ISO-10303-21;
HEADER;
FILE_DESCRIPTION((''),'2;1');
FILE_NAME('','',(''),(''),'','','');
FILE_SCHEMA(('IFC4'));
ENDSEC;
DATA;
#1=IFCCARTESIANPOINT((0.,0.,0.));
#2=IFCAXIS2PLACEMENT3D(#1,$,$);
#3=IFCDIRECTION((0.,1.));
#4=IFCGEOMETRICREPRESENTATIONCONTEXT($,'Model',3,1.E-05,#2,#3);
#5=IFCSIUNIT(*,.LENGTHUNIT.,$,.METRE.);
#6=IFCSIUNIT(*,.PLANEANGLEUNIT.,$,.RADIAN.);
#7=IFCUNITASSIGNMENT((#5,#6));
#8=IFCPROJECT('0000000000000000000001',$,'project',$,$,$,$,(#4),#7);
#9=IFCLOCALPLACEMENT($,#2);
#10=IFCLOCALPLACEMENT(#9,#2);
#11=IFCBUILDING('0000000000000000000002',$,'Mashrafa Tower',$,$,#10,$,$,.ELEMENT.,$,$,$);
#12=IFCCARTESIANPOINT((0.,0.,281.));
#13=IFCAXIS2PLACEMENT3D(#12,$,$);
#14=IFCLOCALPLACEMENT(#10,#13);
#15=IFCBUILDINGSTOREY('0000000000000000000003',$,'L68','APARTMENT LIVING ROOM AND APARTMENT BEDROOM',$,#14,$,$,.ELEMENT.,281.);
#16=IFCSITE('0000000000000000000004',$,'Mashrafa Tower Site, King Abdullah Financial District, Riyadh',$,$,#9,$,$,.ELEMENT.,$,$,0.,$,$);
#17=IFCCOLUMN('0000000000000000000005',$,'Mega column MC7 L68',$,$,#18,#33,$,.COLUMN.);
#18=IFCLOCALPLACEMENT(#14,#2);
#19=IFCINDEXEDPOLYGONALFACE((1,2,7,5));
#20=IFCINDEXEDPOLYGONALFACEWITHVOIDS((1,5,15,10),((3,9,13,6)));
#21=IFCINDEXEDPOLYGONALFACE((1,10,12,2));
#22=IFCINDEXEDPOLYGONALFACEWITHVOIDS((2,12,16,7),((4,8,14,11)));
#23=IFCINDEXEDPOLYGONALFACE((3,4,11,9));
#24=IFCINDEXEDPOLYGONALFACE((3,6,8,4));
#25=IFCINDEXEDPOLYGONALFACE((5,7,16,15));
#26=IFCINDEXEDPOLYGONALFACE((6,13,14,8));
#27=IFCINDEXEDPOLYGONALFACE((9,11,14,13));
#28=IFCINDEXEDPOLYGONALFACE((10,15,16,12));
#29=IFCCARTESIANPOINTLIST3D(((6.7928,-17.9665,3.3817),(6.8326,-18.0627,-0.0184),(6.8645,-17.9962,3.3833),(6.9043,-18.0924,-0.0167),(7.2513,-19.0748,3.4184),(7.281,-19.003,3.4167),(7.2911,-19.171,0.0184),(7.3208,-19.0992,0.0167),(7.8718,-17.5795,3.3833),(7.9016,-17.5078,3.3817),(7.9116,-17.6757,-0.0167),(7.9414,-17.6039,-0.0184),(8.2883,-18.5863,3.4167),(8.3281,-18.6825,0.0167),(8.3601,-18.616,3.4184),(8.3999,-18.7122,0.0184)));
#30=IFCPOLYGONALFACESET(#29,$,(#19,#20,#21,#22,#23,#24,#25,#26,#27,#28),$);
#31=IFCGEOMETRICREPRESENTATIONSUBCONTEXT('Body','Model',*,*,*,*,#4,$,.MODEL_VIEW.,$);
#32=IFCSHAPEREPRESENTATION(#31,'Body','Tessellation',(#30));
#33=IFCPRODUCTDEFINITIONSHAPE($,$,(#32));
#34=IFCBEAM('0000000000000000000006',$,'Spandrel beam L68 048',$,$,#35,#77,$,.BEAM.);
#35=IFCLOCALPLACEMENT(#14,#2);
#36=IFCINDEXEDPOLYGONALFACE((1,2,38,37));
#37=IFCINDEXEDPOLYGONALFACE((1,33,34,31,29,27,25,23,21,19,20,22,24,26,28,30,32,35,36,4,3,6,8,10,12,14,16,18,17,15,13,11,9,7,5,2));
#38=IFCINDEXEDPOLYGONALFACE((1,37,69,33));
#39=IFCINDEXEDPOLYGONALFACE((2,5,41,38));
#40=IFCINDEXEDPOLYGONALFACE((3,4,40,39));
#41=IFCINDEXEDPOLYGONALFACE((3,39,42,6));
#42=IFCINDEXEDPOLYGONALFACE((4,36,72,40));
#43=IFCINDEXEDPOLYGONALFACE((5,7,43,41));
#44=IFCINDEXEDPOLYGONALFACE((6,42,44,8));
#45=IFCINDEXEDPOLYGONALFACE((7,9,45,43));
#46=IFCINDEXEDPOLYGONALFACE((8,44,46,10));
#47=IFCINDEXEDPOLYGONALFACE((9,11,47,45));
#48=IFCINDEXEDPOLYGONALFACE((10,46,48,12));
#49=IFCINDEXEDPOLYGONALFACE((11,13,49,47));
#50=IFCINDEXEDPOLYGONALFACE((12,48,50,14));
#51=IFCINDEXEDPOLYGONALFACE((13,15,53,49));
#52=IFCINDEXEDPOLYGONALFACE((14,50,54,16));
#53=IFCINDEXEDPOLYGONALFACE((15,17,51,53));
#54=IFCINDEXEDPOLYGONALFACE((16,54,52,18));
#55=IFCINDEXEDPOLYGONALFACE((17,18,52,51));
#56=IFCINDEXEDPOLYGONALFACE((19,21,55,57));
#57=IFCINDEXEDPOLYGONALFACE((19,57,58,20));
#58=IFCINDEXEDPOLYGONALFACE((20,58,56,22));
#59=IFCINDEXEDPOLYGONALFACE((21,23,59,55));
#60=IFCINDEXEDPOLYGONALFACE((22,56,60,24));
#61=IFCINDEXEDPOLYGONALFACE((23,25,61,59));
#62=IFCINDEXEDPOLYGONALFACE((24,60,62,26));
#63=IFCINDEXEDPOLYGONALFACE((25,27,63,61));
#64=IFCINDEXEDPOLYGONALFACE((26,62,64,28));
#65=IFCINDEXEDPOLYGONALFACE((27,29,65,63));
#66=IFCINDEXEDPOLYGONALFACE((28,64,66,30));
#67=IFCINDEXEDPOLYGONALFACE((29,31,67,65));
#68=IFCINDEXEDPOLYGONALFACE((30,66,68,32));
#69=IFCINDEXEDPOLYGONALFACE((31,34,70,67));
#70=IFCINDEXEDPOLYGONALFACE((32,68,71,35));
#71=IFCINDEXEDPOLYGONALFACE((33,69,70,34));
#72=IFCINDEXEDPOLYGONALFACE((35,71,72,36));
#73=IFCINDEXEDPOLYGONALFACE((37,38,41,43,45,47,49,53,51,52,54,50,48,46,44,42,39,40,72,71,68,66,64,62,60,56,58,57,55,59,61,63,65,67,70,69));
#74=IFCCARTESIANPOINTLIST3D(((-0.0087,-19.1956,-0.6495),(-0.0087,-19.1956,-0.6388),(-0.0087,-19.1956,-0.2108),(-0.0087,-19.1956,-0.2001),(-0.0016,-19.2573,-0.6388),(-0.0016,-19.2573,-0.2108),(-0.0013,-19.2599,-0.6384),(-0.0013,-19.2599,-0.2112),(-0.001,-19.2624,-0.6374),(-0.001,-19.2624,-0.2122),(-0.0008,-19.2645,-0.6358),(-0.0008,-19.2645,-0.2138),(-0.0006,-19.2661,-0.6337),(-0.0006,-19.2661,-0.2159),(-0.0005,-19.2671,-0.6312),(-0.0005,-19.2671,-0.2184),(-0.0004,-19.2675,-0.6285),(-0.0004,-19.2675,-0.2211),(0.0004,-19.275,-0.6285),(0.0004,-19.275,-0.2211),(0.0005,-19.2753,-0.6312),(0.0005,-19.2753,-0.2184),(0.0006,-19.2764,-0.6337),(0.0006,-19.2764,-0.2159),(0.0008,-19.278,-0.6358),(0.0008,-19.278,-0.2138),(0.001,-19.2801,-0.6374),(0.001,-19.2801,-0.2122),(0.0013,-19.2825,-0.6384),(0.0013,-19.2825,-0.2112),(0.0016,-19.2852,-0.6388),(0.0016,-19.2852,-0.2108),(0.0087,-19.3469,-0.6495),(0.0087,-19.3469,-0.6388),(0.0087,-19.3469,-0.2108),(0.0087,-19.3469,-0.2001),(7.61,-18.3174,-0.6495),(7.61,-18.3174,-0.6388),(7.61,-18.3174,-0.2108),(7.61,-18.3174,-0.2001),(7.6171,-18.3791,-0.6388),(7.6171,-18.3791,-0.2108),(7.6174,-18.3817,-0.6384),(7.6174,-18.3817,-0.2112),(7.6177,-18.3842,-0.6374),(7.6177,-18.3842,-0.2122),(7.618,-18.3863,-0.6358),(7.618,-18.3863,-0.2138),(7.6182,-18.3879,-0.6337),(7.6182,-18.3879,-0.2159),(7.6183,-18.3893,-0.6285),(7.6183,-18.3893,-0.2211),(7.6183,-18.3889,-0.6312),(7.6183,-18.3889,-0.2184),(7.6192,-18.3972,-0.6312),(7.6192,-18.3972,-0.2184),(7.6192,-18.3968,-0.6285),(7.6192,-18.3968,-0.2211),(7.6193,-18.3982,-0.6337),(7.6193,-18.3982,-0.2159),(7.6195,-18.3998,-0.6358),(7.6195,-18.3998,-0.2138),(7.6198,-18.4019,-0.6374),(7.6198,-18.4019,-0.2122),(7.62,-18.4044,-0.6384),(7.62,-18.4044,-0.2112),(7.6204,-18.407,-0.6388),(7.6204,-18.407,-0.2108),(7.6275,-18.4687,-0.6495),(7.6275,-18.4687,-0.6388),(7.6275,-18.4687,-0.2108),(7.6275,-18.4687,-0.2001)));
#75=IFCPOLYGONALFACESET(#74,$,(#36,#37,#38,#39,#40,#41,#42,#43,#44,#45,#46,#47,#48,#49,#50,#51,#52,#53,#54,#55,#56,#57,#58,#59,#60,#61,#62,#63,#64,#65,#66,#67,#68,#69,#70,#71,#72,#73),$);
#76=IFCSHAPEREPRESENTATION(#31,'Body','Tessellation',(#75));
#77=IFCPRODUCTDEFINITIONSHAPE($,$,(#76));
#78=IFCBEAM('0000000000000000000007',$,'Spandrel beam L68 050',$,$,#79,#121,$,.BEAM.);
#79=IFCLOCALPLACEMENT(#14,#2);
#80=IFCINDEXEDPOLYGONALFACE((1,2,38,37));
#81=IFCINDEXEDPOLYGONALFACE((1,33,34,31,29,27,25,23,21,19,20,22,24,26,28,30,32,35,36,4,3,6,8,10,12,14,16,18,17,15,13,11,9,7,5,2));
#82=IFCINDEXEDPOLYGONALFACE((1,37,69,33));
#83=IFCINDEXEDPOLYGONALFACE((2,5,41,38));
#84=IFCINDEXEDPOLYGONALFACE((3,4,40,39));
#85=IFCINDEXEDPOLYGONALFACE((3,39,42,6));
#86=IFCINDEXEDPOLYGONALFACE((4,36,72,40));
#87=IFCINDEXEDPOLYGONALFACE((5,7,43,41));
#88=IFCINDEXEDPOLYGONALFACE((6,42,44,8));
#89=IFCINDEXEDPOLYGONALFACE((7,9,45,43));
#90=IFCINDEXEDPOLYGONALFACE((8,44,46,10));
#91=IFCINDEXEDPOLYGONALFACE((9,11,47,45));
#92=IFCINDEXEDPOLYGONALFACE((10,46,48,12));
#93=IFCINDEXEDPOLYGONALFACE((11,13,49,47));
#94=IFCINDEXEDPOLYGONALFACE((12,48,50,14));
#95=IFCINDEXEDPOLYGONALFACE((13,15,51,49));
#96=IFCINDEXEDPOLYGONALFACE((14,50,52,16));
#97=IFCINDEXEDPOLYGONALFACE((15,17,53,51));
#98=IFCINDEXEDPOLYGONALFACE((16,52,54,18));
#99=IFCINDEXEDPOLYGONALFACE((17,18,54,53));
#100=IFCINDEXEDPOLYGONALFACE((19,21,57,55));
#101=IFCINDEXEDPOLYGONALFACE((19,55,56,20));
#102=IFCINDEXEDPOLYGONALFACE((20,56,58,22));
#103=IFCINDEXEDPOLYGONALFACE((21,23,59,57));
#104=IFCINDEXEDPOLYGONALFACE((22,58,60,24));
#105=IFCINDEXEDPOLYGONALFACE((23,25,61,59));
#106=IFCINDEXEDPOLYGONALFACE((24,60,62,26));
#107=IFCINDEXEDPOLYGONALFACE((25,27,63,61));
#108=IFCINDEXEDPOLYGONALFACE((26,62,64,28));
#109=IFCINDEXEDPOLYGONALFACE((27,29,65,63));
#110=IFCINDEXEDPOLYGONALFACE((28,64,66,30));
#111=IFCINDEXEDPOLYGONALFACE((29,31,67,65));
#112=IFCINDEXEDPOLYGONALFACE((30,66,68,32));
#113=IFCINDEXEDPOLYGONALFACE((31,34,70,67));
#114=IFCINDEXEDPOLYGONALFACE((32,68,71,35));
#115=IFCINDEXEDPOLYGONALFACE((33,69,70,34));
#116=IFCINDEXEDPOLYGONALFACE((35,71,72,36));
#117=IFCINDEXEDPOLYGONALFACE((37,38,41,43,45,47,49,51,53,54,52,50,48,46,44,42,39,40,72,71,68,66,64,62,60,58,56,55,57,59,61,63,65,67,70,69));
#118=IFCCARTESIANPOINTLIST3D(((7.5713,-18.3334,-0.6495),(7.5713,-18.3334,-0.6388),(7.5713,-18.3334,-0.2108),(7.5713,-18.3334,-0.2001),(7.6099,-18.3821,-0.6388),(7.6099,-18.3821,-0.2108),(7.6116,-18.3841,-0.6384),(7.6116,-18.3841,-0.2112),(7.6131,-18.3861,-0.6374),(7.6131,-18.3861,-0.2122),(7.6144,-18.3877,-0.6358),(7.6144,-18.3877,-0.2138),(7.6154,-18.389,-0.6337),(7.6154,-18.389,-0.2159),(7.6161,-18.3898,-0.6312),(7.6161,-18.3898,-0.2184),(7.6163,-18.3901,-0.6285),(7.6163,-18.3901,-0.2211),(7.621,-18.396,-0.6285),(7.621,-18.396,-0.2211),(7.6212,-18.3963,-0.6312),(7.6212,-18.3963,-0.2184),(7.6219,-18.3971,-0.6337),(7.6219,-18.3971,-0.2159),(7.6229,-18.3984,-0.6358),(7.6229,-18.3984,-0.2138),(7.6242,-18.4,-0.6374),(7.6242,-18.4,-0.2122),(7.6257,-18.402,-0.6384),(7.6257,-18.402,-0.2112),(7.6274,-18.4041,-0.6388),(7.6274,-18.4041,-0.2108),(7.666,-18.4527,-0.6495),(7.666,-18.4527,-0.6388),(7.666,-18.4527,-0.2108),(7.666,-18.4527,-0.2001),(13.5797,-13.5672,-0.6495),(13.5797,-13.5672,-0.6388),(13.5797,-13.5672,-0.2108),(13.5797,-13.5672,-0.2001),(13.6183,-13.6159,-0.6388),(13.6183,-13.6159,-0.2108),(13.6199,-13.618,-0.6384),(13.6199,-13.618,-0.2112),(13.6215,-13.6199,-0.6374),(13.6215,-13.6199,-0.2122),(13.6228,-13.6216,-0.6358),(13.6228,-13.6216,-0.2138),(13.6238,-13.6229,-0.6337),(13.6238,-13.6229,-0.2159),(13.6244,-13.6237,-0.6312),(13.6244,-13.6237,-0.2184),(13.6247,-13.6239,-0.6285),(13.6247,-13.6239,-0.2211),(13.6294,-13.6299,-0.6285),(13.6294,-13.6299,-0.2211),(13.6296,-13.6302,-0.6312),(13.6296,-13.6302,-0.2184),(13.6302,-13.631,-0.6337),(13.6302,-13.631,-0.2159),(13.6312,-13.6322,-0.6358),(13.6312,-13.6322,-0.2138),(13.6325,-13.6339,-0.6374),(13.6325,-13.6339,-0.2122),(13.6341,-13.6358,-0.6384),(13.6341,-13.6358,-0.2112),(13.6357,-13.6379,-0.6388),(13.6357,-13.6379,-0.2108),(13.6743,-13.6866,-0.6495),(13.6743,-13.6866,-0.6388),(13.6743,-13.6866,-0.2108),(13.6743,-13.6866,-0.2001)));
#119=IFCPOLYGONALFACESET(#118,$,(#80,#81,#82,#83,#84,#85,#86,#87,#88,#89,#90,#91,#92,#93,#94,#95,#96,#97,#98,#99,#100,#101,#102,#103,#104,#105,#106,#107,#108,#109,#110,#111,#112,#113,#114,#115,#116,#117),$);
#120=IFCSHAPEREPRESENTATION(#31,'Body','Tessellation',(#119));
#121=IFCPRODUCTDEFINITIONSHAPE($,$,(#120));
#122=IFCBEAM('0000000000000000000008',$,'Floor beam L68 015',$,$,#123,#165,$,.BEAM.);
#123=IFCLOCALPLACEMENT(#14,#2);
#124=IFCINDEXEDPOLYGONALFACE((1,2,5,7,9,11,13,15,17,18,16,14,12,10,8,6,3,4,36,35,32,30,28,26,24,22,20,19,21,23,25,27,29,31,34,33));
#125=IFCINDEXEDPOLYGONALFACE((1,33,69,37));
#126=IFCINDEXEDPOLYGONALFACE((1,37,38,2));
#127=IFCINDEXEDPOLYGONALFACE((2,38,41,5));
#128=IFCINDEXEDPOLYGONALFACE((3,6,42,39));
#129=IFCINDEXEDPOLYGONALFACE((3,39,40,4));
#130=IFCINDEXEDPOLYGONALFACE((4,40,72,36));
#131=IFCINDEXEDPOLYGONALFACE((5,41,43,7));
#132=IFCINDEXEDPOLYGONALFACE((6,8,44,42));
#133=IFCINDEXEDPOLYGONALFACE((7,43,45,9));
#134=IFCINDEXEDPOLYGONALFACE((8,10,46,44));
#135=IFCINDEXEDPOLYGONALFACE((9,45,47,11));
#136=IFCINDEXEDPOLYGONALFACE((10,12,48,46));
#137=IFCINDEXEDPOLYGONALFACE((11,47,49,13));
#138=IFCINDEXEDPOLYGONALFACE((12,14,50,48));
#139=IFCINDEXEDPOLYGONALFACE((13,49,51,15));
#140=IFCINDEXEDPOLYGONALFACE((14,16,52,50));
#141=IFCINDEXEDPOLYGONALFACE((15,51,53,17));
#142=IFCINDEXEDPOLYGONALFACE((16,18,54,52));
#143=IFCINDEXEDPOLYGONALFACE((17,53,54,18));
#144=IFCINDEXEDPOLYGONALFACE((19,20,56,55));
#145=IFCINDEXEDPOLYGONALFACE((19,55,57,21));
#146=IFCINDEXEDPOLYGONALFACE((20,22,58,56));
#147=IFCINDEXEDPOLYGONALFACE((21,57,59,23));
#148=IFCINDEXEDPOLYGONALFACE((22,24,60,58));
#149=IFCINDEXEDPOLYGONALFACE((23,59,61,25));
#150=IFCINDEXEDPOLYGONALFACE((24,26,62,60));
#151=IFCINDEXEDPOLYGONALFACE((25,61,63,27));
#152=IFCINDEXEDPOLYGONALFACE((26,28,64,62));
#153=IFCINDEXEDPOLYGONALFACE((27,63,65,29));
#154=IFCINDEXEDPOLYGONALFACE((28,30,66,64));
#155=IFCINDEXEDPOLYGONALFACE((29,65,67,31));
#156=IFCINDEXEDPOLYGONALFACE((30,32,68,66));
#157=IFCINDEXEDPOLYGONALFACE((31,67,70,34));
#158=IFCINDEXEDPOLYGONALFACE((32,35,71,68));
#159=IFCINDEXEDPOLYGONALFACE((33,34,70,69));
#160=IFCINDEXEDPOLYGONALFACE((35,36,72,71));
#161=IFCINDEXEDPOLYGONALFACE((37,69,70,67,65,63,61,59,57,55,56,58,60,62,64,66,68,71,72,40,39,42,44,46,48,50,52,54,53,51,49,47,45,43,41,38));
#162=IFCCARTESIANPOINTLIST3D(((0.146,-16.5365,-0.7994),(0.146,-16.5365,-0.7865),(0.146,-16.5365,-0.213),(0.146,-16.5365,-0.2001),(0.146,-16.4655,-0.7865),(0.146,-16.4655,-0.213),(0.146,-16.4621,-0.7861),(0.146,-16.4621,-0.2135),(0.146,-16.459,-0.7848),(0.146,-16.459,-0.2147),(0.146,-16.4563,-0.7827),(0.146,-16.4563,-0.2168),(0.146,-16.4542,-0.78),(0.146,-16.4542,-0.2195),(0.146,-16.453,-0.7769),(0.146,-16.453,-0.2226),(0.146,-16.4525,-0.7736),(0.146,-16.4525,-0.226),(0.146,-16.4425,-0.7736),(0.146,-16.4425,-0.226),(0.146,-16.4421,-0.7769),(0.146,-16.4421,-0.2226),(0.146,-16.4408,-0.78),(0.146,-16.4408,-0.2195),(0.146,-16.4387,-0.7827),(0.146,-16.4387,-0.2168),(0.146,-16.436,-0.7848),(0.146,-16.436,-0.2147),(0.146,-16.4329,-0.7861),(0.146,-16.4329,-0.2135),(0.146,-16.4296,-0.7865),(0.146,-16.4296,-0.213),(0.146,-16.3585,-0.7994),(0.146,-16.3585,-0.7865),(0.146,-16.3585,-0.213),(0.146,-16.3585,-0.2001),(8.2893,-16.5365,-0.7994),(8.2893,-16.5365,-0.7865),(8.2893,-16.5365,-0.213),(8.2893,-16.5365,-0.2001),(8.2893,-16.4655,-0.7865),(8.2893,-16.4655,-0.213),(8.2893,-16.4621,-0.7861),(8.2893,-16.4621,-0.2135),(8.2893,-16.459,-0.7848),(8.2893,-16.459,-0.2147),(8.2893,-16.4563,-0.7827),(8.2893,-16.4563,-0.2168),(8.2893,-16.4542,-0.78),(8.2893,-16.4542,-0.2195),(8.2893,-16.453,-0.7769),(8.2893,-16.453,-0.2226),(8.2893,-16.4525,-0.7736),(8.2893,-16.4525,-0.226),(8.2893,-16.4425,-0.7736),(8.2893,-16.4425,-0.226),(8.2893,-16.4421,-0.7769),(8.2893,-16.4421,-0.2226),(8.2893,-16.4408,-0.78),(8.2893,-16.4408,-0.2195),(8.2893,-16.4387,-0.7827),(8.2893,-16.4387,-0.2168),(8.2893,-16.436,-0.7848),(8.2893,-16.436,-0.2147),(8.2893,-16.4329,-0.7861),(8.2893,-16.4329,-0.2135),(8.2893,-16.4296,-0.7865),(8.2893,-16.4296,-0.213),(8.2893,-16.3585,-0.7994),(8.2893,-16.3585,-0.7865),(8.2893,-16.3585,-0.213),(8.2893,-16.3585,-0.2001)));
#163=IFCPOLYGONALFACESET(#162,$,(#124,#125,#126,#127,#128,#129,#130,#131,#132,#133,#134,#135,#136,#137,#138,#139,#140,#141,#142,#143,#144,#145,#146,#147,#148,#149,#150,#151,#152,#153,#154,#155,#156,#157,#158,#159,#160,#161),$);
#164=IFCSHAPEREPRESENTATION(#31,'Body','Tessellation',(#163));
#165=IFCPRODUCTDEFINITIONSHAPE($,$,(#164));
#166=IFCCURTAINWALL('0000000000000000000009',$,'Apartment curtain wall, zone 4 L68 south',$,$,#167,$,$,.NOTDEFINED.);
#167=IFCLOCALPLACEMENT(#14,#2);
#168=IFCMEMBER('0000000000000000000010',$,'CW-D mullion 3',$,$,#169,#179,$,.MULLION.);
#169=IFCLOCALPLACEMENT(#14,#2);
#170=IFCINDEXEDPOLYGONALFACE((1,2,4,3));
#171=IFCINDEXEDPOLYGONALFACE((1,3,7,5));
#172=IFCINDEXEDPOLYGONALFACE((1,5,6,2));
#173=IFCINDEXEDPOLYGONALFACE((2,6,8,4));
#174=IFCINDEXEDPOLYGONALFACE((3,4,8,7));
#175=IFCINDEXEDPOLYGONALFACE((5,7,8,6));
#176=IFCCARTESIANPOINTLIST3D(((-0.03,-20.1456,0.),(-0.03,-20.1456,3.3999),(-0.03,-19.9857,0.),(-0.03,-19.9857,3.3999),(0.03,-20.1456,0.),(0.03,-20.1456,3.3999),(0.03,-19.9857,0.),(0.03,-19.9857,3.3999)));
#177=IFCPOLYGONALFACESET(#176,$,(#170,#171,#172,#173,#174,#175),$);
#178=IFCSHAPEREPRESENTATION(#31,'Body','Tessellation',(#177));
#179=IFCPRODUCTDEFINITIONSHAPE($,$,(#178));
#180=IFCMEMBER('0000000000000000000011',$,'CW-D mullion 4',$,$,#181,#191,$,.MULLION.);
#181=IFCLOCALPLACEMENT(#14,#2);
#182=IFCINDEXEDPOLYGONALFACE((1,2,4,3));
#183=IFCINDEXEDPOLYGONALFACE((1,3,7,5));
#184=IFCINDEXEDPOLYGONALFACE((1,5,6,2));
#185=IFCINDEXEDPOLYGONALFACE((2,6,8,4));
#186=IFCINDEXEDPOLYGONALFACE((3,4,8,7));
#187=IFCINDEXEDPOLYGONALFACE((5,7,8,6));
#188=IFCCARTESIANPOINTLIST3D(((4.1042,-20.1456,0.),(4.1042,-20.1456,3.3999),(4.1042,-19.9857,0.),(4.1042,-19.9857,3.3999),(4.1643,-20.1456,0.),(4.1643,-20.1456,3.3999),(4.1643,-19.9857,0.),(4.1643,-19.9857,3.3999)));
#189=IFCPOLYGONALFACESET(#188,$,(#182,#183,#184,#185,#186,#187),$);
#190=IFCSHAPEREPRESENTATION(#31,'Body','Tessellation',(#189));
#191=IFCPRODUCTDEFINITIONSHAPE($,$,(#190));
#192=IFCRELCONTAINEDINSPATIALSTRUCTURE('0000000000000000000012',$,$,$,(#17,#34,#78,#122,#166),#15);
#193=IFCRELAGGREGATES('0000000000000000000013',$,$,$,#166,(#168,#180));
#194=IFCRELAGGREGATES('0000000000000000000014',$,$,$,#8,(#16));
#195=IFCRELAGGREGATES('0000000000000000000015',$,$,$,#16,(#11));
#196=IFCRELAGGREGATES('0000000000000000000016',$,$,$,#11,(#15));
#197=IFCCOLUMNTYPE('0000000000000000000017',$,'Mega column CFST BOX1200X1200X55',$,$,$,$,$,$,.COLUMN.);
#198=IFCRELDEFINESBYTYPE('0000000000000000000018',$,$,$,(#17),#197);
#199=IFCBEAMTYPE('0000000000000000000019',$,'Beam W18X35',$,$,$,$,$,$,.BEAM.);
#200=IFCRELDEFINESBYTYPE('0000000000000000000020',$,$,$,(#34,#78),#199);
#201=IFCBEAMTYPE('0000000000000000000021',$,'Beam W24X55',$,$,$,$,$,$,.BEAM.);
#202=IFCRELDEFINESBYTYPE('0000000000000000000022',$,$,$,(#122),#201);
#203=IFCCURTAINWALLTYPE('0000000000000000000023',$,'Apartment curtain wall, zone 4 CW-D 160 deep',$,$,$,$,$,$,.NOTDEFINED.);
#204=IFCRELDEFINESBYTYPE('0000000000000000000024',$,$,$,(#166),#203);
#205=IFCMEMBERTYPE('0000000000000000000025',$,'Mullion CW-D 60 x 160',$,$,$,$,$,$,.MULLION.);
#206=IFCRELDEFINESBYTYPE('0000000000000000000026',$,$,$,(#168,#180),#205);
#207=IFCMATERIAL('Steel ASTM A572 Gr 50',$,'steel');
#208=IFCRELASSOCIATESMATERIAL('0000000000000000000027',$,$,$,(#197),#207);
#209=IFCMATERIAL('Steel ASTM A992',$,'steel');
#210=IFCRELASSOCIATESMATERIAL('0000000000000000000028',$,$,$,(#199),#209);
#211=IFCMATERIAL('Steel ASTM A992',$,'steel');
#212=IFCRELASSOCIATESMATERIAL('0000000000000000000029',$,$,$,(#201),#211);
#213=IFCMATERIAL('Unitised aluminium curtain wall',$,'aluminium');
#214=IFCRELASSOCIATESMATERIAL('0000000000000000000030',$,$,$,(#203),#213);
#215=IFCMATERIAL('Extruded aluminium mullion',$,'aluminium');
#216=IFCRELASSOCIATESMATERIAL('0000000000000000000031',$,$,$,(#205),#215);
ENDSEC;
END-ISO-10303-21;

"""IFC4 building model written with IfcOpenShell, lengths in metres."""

from ifc_helpers import new_model, si_unit, direction, frame, origin, origin_2d, place, context, subcontext, project, spatial, rectangle, hollow_rectangle, i_section, extrude, source, transform, mapped, material, material_profile, profile_set, type_object, type_shapes, element, aggregate, save


model = new_model("IFC4")

# Units and contexts
model_context = context("Model", 3, precision=1e-05, world=origin(), true_north=direction((0.0, 1.0)))
body_context = subcontext(model_context, "Body", "Model", "MODEL_VIEW")
ifc_project = project(units=[si_unit("LENGTHUNIT", "METRE"), si_unit("PLANEANGLEUNIT", "RADIAN")], contexts=[model_context])

# Site, building, storey
site_placement = place(None, origin())
site = spatial("IfcSite", under=ifc_project, at=site_placement, Name="Mashrafa Tower Site, King Abdullah Financial District, Riyadh", CompositionType="ELEMENT", RefElevation=0.0)
building_placement = place(site_placement, origin())
building = spatial("IfcBuilding", under=site, at=building_placement, Name="Mashrafa Tower", CompositionType="ELEMENT")
storey_placement = place(building_placement, frame((0.0, 0.0, 281.0)))
storey = spatial("IfcBuildingStorey", under=building, at=storey_placement, Name="L68", Description="APARTMENT LIVING ROOM AND APARTMENT BEDROOM", CompositionType="ELEMENT", Elevation=281.0)

# Column
ifc_material_1 = material(Name="Steel ASTM A572 Gr 50", Category="steel")
ifc_material_profile_1 = material_profile(ifc_material_1, hollow_rectangle(XDim=1.2, YDim=1.2, WallThickness=0.0549, at=origin_2d()), Name="BOX1200X1200X55")
ifc_profile_set_1 = profile_set([ifc_material_profile_1], Name="Steel ASTM A572 Gr 50")
column_type = type_object("IfcColumnType", Name="Mega column CFST BOX1200X1200X55", PredefinedType="COLUMN", material=ifc_profile_set_1)
column_placement = place(storey_placement, frame((7.6162, -18.3875, 0.0), z_axis=(-0.011699, 0.028279, 0.999532), x_axis=(-0.924045, -0.382283, 0.0)))
element("IfcColumn", 1, at=column_placement, inside=storey, type_object=column_type, Name="Mega column MC7 L68", PredefinedType="COLUMN", context=body_context, shape_type="SweptSolid", body=[
    extrude(hollow_rectangle(XDim=1.2, YDim=1.2, WallThickness=0.0549, at=origin_2d()), origin(), (0.0, 0.0, 1.0), 3.4016),
])

# Beams
ifc_material_2 = material(Name="Steel ASTM A992", Category="steel")
ifc_material_profile_2 = material_profile(ifc_material_2, i_section(OverallWidth=0.1523, OverallDepth=0.4495, WebThickness=0.0076, FlangeThickness=0.0107, FilletRadius=0.0103, at=origin_2d()), Name="W18X35")
ifc_profile_set_2 = profile_set([ifc_material_profile_2], Name="Steel ASTM A992")
beam_type_1 = type_object("IfcBeamType", Name="Beam W18X35", PredefinedType="BEAM", material=ifc_profile_set_2)
for number, where, z_axis, x_axis, name in (
    (2, (0.0, -19.2712, -0.4248), (0.993422, 0.114508, 0.0), (-0.114508, 0.993422, 0.0), "Spandrel beam L68 048"),
    (3, (7.6187, -18.3931, -0.4248), (0.78344, 0.621467, 0.0), (-0.621467, 0.78344, 0.0), "Spandrel beam L68 050"),
):
    element("IfcBeam", number, at=place(storey_placement, frame(where, z_axis=z_axis, x_axis=x_axis)), inside=storey, type_object=beam_type_1, Name=name, PredefinedType="BEAM", context=body_context, shape_type="SweptSolid", body=[
        extrude(i_section(OverallWidth=0.1523, OverallDepth=0.4495, WebThickness=0.0076, FlangeThickness=0.0107, FilletRadius=0.0103, at=origin_2d()), origin(), (0.0, 0.0, 1.0), 7.6692),
    ])
ifc_material_3 = material(Name="Steel ASTM A992", Category="steel")
ifc_material_profile_3 = material_profile(ifc_material_3, i_section(OverallWidth=0.178, OverallDepth=0.5994, WebThickness=0.01, FlangeThickness=0.0129, FilletRadius=0.0129, at=origin_2d()), Name="W24X55")
ifc_profile_set_3 = profile_set([ifc_material_profile_3], Name="Steel ASTM A992")
beam_type_2 = type_object("IfcBeamType", Name="Beam W24X55", PredefinedType="BEAM", material=ifc_profile_set_3)
beam_placement = place(storey_placement, frame((8.2893, -16.4475, -0.4998), z_axis=(-1.0, 0.0, 0.0), x_axis=(0.0, -1.0, 0.0)))
element("IfcBeam", 4, at=beam_placement, inside=storey, type_object=beam_type_2, Name="Floor beam L68 015", PredefinedType="BEAM", context=body_context, shape_type="SweptSolid", body=[
    extrude(i_section(OverallWidth=0.178, OverallDepth=0.5994, WebThickness=0.01, FlangeThickness=0.0129, FilletRadius=0.0129, at=origin_2d()), origin(), (0.0, 0.0, 1.0), 8.1433),
])

# Curtain wall, members
ifc_material_4 = material(Name="Unitised aluminium curtain wall", Category="aluminium")
curtain_wall_type = type_object("IfcCurtainWallType", Name="Apartment curtain wall, zone 4 CW-D 160 deep", PredefinedType="NOTDEFINED", material=ifc_material_4)
curtain_wall_1_placement = place(storey_placement, origin())
curtain_wall_1 = element("IfcCurtainWall", 5, at=curtain_wall_1_placement, inside=storey, type_object=curtain_wall_type, Name="Apartment curtain wall, zone 4 L68 south", PredefinedType="NOTDEFINED")
ifc_material_5 = material(Name="Extruded aluminium mullion", Category="aluminium")
ifc_material_profile_4 = material_profile(ifc_material_5, rectangle(XDim=0.1599, YDim=0.0601, at=origin_2d()), Name="Mullion 60x160")
ifc_profile_set_4 = profile_set([ifc_material_profile_4], Name="Extruded aluminium mullion")
member_type_1 = type_object("IfcMemberType", Name="Mullion CW-D 60 x 160", PredefinedType="MULLION", material=ifc_profile_set_4)
shared_shape_1 = source(origin(), body_context, "Body", "SweptSolid", [
    extrude(rectangle(XDim=0.1599, YDim=0.0601, at=origin_2d()), origin(), (0.0, 0.0, 1.0), 3.3999),
])
type_shapes(member_type_1, [shared_shape_1])
member_1_placement = place(storey_placement, frame((0.0, -20.0657, 0.0), z_axis=(0.0, 0.0, 1.0), x_axis=(0.0, 1.0, 0.0)))
member_1 = element("IfcMember", 6, at=member_1_placement, type_object=member_type_1, Name="CW-D mullion 3", PredefinedType="MULLION", context=body_context, shape_type="MappedRepresentation", body=[
    mapped(shared_shape_1, transform((0.0, 0.0, 0.0))),
])
member_2_placement = place(storey_placement, frame((4.1343, -20.0657, 0.0), z_axis=(0.0, 0.0, 1.0), x_axis=(0.0, 1.0, 0.0)))
member_2 = element("IfcMember", 7, at=member_2_placement, type_object=member_type_1, Name="CW-D mullion 4", PredefinedType="MULLION", context=body_context, shape_type="MappedRepresentation", body=[
    mapped(shared_shape_1, transform((0.0, 0.0, 0.0))),
])

aggregate(curtain_wall_1, [member_1, member_2])

save(model, "model.ifc")
